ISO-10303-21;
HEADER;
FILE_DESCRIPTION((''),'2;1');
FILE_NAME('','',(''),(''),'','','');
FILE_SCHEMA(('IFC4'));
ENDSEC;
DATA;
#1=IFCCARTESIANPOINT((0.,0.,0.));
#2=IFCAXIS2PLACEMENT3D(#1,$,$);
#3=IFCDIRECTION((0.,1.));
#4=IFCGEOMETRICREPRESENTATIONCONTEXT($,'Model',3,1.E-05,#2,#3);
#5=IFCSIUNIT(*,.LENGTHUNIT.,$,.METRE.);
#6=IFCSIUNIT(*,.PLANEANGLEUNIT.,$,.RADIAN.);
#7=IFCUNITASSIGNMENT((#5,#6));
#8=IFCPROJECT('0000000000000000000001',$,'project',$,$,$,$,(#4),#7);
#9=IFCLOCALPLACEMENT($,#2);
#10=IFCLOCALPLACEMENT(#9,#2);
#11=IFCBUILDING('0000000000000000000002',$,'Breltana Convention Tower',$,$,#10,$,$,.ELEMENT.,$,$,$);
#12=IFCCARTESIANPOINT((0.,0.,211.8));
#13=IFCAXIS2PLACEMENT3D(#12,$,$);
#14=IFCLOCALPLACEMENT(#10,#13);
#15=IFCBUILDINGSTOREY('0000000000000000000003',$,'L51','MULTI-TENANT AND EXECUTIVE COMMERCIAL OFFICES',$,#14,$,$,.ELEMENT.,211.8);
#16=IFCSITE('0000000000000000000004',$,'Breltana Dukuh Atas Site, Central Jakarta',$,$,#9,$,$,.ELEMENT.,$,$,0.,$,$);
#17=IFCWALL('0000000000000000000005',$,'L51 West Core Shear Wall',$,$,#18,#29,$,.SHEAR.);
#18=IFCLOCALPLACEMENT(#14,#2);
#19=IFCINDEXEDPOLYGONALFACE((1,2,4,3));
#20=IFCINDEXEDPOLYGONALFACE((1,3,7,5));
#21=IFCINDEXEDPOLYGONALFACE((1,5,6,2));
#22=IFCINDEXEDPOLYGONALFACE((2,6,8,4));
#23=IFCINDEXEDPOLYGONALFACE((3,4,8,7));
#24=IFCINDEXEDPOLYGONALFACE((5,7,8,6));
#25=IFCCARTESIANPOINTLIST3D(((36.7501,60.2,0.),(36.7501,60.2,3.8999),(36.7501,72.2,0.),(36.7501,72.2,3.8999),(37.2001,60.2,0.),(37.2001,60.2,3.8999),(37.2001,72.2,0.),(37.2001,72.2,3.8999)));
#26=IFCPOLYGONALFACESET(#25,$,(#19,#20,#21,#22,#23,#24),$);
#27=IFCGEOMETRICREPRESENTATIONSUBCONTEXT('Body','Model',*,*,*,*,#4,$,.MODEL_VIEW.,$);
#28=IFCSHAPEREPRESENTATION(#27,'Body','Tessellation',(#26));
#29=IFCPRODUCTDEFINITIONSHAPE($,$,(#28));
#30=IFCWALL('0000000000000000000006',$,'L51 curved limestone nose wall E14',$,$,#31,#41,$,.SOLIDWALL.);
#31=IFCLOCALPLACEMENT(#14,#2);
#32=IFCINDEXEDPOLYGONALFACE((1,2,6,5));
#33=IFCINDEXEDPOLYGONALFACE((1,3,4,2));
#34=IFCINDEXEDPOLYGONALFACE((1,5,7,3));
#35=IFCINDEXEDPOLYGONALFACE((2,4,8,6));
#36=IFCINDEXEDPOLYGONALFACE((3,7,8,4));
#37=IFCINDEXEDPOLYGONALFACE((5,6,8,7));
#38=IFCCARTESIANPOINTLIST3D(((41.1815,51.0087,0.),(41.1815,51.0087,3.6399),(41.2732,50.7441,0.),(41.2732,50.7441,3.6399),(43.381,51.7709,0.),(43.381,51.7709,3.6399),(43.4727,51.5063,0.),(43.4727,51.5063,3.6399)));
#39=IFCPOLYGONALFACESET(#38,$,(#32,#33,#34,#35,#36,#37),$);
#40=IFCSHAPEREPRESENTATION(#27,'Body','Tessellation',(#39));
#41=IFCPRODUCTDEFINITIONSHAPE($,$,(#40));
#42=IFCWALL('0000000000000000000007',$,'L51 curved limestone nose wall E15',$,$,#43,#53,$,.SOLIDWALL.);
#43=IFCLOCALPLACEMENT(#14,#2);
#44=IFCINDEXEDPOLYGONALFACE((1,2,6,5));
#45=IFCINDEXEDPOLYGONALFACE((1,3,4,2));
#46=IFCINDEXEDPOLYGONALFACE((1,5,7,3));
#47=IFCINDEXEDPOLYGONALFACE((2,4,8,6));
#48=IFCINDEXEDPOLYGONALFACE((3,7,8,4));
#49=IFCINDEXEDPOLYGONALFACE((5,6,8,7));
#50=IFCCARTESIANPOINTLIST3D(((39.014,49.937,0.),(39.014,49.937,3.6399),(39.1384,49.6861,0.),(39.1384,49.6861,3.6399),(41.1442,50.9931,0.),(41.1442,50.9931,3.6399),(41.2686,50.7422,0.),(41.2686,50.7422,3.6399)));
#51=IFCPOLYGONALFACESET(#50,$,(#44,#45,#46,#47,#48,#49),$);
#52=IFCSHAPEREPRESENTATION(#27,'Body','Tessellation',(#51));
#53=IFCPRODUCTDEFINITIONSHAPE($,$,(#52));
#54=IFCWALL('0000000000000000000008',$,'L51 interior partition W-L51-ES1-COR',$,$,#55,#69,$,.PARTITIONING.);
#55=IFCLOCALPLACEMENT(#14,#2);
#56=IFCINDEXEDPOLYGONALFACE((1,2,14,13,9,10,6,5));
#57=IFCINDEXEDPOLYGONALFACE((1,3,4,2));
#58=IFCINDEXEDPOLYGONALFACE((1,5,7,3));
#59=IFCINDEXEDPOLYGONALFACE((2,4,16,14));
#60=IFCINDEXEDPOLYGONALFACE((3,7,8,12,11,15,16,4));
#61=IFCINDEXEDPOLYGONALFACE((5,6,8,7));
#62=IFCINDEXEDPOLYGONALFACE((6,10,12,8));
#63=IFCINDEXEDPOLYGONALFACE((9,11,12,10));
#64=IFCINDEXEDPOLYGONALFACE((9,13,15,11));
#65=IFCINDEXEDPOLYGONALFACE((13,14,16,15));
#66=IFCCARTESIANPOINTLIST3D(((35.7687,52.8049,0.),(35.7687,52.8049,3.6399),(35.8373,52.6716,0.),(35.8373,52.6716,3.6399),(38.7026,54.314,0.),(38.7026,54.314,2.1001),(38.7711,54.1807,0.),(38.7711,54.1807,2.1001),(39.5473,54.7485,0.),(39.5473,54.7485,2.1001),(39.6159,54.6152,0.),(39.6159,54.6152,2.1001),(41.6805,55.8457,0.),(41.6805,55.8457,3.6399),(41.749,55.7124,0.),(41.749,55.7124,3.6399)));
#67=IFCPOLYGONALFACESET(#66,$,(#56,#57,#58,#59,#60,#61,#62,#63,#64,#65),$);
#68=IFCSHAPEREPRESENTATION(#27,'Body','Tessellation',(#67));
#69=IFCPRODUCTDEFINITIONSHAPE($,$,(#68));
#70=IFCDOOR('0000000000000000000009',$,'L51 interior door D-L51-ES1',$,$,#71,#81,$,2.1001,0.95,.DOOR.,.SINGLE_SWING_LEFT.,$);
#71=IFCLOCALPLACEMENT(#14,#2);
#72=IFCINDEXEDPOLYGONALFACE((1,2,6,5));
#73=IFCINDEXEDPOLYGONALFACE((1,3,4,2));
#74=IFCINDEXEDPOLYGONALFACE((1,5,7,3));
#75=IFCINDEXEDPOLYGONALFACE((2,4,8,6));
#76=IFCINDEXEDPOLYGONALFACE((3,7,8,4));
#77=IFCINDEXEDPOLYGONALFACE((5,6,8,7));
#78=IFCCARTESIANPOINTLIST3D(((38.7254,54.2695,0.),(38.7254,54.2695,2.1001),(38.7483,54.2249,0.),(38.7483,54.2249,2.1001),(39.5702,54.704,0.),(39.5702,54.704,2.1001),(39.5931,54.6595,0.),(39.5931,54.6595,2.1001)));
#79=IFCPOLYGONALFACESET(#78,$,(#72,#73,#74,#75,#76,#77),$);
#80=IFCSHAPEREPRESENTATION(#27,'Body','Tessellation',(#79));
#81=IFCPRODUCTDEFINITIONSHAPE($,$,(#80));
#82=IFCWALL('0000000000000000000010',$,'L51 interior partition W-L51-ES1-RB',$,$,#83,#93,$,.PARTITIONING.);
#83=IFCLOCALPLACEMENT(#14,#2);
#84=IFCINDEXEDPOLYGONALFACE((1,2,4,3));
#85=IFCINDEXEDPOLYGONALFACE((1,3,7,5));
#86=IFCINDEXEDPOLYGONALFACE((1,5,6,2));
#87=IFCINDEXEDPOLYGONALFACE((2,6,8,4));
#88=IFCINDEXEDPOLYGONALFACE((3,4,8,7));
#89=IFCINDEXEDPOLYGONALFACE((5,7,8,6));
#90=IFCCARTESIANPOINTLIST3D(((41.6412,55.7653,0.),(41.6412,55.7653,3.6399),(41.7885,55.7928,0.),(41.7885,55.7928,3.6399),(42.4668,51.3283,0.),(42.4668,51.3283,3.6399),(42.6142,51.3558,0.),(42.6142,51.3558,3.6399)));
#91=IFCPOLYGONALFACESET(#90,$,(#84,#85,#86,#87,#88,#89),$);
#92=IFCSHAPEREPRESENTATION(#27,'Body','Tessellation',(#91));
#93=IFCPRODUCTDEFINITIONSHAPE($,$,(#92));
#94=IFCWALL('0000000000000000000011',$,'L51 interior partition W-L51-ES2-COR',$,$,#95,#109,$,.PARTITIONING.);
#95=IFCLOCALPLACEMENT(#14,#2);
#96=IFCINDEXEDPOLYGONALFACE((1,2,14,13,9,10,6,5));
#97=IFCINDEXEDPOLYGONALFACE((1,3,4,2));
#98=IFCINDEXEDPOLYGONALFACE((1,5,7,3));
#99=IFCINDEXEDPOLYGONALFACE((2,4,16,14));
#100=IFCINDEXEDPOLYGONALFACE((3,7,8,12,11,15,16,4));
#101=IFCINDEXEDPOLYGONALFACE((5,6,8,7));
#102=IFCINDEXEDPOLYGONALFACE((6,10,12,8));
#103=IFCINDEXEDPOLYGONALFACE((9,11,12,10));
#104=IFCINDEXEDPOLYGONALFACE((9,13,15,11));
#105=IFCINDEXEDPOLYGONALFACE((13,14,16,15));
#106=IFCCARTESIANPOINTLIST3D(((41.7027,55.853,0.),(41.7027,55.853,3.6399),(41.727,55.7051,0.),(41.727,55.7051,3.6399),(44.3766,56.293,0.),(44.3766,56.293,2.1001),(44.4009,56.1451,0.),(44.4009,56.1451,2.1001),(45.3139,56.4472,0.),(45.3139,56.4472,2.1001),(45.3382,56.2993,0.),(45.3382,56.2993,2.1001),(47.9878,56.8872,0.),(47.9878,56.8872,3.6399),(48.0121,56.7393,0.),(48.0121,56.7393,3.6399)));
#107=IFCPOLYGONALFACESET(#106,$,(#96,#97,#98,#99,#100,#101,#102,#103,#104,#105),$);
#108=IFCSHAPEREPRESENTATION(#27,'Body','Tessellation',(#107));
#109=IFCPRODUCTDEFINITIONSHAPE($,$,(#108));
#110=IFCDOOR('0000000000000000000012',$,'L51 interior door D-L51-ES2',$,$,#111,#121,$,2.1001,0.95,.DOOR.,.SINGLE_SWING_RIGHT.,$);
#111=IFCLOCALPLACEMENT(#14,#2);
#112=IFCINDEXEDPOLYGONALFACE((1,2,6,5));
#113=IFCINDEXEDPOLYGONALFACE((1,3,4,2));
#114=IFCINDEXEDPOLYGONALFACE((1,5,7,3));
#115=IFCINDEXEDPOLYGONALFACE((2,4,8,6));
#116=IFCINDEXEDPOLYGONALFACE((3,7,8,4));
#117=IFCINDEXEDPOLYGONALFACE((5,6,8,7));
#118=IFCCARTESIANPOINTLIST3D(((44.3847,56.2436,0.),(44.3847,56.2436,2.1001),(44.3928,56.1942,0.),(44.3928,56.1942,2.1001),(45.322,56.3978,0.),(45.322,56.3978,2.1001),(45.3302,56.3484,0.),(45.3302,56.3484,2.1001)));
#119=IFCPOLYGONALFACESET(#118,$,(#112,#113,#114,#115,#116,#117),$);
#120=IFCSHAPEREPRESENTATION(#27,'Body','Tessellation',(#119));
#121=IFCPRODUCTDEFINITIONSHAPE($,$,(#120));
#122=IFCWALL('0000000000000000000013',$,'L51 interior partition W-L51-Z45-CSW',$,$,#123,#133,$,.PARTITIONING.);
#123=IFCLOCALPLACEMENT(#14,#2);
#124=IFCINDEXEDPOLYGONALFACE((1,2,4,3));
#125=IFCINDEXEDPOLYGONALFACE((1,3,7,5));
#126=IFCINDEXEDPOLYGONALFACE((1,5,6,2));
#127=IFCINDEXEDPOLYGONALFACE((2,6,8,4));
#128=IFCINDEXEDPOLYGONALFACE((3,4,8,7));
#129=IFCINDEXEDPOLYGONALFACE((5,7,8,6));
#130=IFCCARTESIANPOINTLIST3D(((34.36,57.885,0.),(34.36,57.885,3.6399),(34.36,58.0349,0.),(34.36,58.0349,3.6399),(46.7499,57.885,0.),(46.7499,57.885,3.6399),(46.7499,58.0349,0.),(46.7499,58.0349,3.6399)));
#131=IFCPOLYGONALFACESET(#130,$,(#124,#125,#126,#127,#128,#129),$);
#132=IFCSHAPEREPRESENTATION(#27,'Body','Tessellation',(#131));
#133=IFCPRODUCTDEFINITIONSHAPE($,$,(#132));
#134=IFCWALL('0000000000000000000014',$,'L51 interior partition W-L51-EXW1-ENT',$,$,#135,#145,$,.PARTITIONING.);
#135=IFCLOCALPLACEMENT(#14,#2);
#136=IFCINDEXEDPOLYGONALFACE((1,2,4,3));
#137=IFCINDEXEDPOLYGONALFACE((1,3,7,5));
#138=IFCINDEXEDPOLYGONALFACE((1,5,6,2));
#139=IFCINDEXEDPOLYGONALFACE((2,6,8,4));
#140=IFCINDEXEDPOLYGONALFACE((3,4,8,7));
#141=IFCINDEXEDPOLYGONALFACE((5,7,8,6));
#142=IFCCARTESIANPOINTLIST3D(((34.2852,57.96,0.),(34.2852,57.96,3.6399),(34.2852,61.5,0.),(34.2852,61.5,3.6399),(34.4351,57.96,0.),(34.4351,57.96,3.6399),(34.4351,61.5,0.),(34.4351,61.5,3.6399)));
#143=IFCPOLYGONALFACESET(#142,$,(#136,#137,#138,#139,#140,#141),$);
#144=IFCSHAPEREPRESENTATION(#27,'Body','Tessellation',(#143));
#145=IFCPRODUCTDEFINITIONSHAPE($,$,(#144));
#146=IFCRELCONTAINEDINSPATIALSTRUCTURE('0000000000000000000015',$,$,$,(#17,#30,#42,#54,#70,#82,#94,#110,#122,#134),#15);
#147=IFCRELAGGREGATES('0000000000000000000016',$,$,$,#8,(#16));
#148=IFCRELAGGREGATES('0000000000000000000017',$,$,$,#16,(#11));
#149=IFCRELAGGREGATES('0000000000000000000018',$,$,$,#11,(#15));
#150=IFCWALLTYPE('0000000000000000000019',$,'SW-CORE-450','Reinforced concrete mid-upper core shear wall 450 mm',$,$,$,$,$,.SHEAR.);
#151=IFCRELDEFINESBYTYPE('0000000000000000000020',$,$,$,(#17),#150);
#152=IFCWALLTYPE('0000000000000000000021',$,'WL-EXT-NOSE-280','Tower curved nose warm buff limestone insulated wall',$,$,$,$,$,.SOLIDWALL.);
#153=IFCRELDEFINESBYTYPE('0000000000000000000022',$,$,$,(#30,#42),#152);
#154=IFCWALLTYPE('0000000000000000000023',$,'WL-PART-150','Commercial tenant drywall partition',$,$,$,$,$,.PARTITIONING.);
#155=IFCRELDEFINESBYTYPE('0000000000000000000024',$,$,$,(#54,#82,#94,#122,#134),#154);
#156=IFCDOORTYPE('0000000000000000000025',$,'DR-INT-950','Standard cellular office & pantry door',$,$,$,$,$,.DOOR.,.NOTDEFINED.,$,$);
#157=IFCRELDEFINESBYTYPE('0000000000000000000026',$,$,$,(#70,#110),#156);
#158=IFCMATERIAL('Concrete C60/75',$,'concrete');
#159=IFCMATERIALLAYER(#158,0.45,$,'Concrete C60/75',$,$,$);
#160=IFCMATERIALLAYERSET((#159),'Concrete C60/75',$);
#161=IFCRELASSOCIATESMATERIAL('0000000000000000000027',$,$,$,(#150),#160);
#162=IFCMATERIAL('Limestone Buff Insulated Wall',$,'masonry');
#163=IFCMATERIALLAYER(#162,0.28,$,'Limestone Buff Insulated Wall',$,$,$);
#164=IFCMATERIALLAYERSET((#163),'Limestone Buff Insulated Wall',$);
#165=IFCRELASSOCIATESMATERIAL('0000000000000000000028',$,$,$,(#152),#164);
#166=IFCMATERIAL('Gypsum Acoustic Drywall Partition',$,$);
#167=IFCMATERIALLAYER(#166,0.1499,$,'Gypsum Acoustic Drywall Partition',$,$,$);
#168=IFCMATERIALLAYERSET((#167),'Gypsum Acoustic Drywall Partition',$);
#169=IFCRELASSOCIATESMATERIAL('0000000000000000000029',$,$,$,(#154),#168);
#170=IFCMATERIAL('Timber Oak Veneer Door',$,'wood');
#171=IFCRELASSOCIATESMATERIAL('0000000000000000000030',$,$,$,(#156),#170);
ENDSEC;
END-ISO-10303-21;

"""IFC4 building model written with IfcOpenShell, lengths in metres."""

from ifc_helpers import new_model, si_unit, direction, frame, frame_2d, origin, place, context, subcontext, project, spatial, rectangle, extrude, source, transform, mapped, material, layer, layer_set, type_object, type_shapes, element, fill, save


model = new_model("IFC4")

# Units and contexts
model_context = context("Model", 3, precision=1e-05, world=origin(), true_north=direction((0.0, 1.0)))
body_context = subcontext(model_context, "Body", "Model", "MODEL_VIEW")
ifc_project = project(units=[si_unit("LENGTHUNIT", "METRE"), si_unit("PLANEANGLEUNIT", "RADIAN")], contexts=[model_context])

# Site, building, storey
site_placement = place(None, origin())
site = spatial("IfcSite", under=ifc_project, at=site_placement, Name="Breltana Dukuh Atas Site, Central Jakarta", CompositionType="ELEMENT", RefElevation=0.0)
building_placement = place(site_placement, origin())
building = spatial("IfcBuilding", under=site, at=building_placement, Name="Breltana Convention Tower", CompositionType="ELEMENT")
storey_placement = place(building_placement, frame((0.0, 0.0, 211.8)))
storey = spatial("IfcBuildingStorey", under=building, at=storey_placement, Name="L51", Description="MULTI-TENANT AND EXECUTIVE COMMERCIAL OFFICES", CompositionType="ELEMENT", Elevation=211.8)

# Walls
ifc_material_1 = material(Name="Concrete C60/75", Category="concrete")
ifc_layer_1 = layer(ifc_material_1, 0.45, Name="Concrete C60/75")
ifc_layer_set_1 = layer_set([ifc_layer_1], Name="Concrete C60/75")
wall_type_1 = type_object("IfcWallType", Name="SW-CORE-450", Description="Reinforced concrete mid-upper core shear wall 450 mm", PredefinedType="SHEAR", material=ifc_layer_set_1)
shared_shape_1 = source(origin(), body_context, "Body", "SweptSolid", [
    extrude(rectangle(XDim=12.0, YDim=0.45, at=frame_2d((6.0, 0.0))), origin(), (0.0, 0.0, 1.0), 3.8999),
])
wall_1_placement = place(storey_placement, frame((36.9751, 60.2, 0.0), z_axis=(0.0, 0.0, 1.0), x_axis=(0.0, 1.0, 0.0)))
element("IfcWall", 1, at=wall_1_placement, inside=storey, type_object=wall_type_1, Name="L51 West Core Shear Wall", PredefinedType="SHEAR", context=body_context, shape_type="MappedRepresentation", body=[
    mapped(shared_shape_1, transform((0.0, 0.0, 0.0), scale=1.0)),
])
ifc_material_2 = material(Name="Limestone Buff Insulated Wall", Category="masonry")
ifc_layer_2 = layer(ifc_material_2, 0.28, Name="Limestone Buff Insulated Wall")
ifc_layer_set_2 = layer_set([ifc_layer_2], Name="Limestone Buff Insulated Wall")
wall_type_2 = type_object("IfcWallType", Name="WL-EXT-NOSE-280", Description="Tower curved nose warm buff limestone insulated wall", PredefinedType="SOLIDWALL", material=ifc_layer_set_2)
shared_shape_2 = source(origin(), body_context, "Body", "SweptSolid", [
    extrude(rectangle(XDim=2.3279, YDim=0.28, at=frame_2d((1.1641, 0.0))), origin(), (0.0, 0.0, 1.0), 3.6399),
])
wall_2_placement = place(storey_placement, frame((43.427, 51.6387, 0.0), z_axis=(0.0, 0.0, 1.0), x_axis=(-0.944873, -0.327438, 0.0)))
element("IfcWall", 2, at=wall_2_placement, inside=storey, type_object=wall_type_2, Name="L51 curved limestone nose wall E14", PredefinedType="SOLIDWALL", context=body_context, shape_type="MappedRepresentation", body=[
    mapped(shared_shape_2, transform((0.0, 0.0, 0.0), scale=1.0)),
])
shared_shape_3 = source(origin(), body_context, "Body", "SweptSolid", [
    extrude(rectangle(XDim=2.3777, YDim=0.28, at=frame_2d((1.189, 0.0))), origin(), (0.0, 0.0, 1.0), 3.6399),
])
wall_3_placement = place(storey_placement, frame((41.2065, 50.8677, 0.0), z_axis=(0.0, 0.0, 1.0), x_axis=(-0.895942, -0.444172, 0.0)))
element("IfcWall", 3, at=wall_3_placement, inside=storey, type_object=wall_type_2, Name="L51 curved limestone nose wall E15", PredefinedType="SOLIDWALL", context=body_context, shape_type="MappedRepresentation", body=[
    mapped(shared_shape_3, transform((0.0, 0.0, 0.0), scale=1.0)),
])

# Wall, opening, door
ifc_material_3 = material(Name="Gypsum Acoustic Drywall Partition")
ifc_layer_3 = layer(ifc_material_3, 0.1499, Name="Gypsum Acoustic Drywall Partition")
ifc_layer_set_3 = layer_set([ifc_layer_3], Name="Gypsum Acoustic Drywall Partition")
wall_type_3 = type_object("IfcWallType", Name="WL-PART-150", Description="Commercial tenant drywall partition", PredefinedType="PARTITIONING", material=ifc_layer_set_3)
shared_shape_4 = source(origin(), body_context, "Body", "SweptSolid", [
    extrude(rectangle(XDim=6.6479, YDim=0.1499, at=frame_2d((3.324, 0.0))), origin(), (0.0, 0.0, 1.0), 3.6399),
])
wall_4_placement = place(storey_placement, frame((35.803, 52.7383, 0.0), z_axis=(0.0, 0.0, 1.0), x_axis=(0.889264, 0.457394, 0.0)))
wall_4 = element("IfcWall", 4, at=wall_4_placement, inside=storey, type_object=wall_type_3, Name="L51 interior partition W-L51-ES1-COR", PredefinedType="PARTITIONING", context=body_context, shape_type="MappedRepresentation", body=[
    mapped(shared_shape_4, transform((0.0, 0.0, 0.0), scale=1.0)),
])
opening_1_placement = place(wall_4_placement, frame((3.2991, 0.0, 0.0)))
opening_1 = element("IfcOpeningElement", 5, at=opening_1_placement, cuts=wall_4, PredefinedType="OPENING", context=body_context, shape_type="SweptSolid", body=[
    extrude(rectangle(XDim=0.95, YDim=2.1001, at=frame_2d((0.4751, 1.05))), frame((0.0, 0.085, 0.0), z_axis=(0.0, -1.0, 0.0), x_axis=(1.0, 0.0, 0.0)), (0.0, 0.0, 1.0), 0.1699),
])
ifc_material_4 = material(Name="Timber Oak Veneer Door", Category="wood")
door_type = type_object("IfcDoorType", Name="DR-INT-950", Description="Standard cellular office & pantry door", OperationType="NOTDEFINED", PredefinedType="DOOR", material=ifc_material_4)
shared_shape_5 = source(origin(), body_context, "Body", "SweptSolid", [
    extrude(rectangle(XDim=0.95, YDim=2.1001, at=frame_2d((0.4751, 1.05))), frame((0.0, 0.0249, 0.0), z_axis=(0.0, -1.0, 0.0), x_axis=(1.0, 0.0, 0.0)), (0.0, 0.0, 1.0), 0.05),
])
type_shapes(door_type, [shared_shape_5])
door_1_placement = place(opening_1_placement, origin())
door_1 = element("IfcDoor", 6, at=door_1_placement, inside=storey, type_object=door_type, Name="L51 interior door D-L51-ES1", OperationType="SINGLE_SWING_LEFT", OverallHeight=2.1001, OverallWidth=0.95, PredefinedType="DOOR", context=body_context, shape_type="MappedRepresentation", body=[
    mapped(shared_shape_5, transform((0.0, 0.0, 0.0), scale=1.0)),
])
fill(opening_1, door_1)

# Wall
shared_shape_6 = source(origin(), body_context, "Body", "SweptSolid", [
    extrude(rectangle(XDim=4.5132, YDim=0.1499, at=frame_2d((2.2566, 0.0))), origin(), (0.0, 0.0, 1.0), 3.6399),
])
wall_5_placement = place(storey_placement, frame((42.5405, 51.342, 0.0), z_axis=(0.0, 0.0, 1.0), x_axis=(-0.182949, 0.983122, 0.0)))
element("IfcWall", 7, at=wall_5_placement, inside=storey, type_object=wall_type_3, Name="L51 interior partition W-L51-ES1-RB", PredefinedType="PARTITIONING", context=body_context, shape_type="MappedRepresentation", body=[
    mapped(shared_shape_6, transform((0.0, 0.0, 0.0), scale=1.0)),
])

# Wall, opening, door
shared_shape_7 = source(origin(), body_context, "Body", "SweptSolid", [
    extrude(rectangle(XDim=6.3696, YDim=0.1499, at=frame_2d((3.1848, 0.0))), origin(), (0.0, 0.0, 1.0), 3.6399),
])
wall_6_placement = place(storey_placement, frame((41.7148, 55.7791, 0.0), z_axis=(0.0, 0.0, 1.0), x_axis=(0.986732, 0.16236, 0.0)))
wall_6 = element("IfcWall", 8, at=wall_6_placement, inside=storey, type_object=wall_type_3, Name="L51 interior partition W-L51-ES2-COR", PredefinedType="PARTITIONING", context=body_context, shape_type="MappedRepresentation", body=[
    mapped(shared_shape_7, transform((0.0, 0.0, 0.0), scale=1.0)),
])
opening_2_placement = place(wall_6_placement, frame((2.7097, 0.0, 0.0)))
opening_2 = element("IfcOpeningElement", 9, at=opening_2_placement, cuts=wall_6, PredefinedType="OPENING", context=body_context, shape_type="SweptSolid", body=[
    extrude(rectangle(XDim=0.95, YDim=2.1001, at=frame_2d((0.4751, 1.05))), frame((0.0, 0.085, 0.0), z_axis=(0.0, -1.0, 0.0), x_axis=(1.0, 0.0, 0.0)), (0.0, 0.0, 1.0), 0.1699),
])
door_2_placement = place(opening_2_placement, origin())
door_2 = element("IfcDoor", 10, at=door_2_placement, inside=storey, type_object=door_type, Name="L51 interior door D-L51-ES2", OperationType="SINGLE_SWING_RIGHT", OverallHeight=2.1001, OverallWidth=0.95, PredefinedType="DOOR", context=body_context, shape_type="MappedRepresentation", body=[
    mapped(shared_shape_5, transform((0.0, 0.0, 0.0), scale=1.0)),
])
fill(opening_2, door_2)

# Walls
shared_shape_8 = source(origin(), body_context, "Body", "SweptSolid", [
    extrude(rectangle(XDim=12.3899, YDim=0.1499, at=frame_2d((6.1948, 0.0))), origin(), (0.0, 0.0, 1.0), 3.6399),
])
wall_7_placement = place(storey_placement, frame((34.3601, 57.96, 0.0), z_axis=(0.0, 0.0, 1.0), x_axis=(1.0, 0.0, 0.0)))
element("IfcWall", 11, at=wall_7_placement, inside=storey, type_object=wall_type_3, Name="L51 interior partition W-L51-Z45-CSW", PredefinedType="PARTITIONING", context=body_context, shape_type="MappedRepresentation", body=[
    mapped(shared_shape_8, transform((0.0, 0.0, 0.0), scale=1.0)),
])
shared_shape_9 = source(origin(), body_context, "Body", "SweptSolid", [
    extrude(rectangle(XDim=3.54, YDim=0.1499, at=frame_2d((1.77, 0.0))), origin(), (0.0, 0.0, 1.0), 3.6399),
])
wall_8_placement = place(storey_placement, frame((34.3601, 57.96, 0.0), z_axis=(0.0, 0.0, 1.0), x_axis=(0.0, 1.0, 0.0)))
element("IfcWall", 12, at=wall_8_placement, inside=storey, type_object=wall_type_3, Name="L51 interior partition W-L51-EXW1-ENT", PredefinedType="PARTITIONING", context=body_context, shape_type="MappedRepresentation", body=[
    mapped(shared_shape_9, transform((0.0, 0.0, 0.0), scale=1.0)),
])

save(model, "model.ifc")
